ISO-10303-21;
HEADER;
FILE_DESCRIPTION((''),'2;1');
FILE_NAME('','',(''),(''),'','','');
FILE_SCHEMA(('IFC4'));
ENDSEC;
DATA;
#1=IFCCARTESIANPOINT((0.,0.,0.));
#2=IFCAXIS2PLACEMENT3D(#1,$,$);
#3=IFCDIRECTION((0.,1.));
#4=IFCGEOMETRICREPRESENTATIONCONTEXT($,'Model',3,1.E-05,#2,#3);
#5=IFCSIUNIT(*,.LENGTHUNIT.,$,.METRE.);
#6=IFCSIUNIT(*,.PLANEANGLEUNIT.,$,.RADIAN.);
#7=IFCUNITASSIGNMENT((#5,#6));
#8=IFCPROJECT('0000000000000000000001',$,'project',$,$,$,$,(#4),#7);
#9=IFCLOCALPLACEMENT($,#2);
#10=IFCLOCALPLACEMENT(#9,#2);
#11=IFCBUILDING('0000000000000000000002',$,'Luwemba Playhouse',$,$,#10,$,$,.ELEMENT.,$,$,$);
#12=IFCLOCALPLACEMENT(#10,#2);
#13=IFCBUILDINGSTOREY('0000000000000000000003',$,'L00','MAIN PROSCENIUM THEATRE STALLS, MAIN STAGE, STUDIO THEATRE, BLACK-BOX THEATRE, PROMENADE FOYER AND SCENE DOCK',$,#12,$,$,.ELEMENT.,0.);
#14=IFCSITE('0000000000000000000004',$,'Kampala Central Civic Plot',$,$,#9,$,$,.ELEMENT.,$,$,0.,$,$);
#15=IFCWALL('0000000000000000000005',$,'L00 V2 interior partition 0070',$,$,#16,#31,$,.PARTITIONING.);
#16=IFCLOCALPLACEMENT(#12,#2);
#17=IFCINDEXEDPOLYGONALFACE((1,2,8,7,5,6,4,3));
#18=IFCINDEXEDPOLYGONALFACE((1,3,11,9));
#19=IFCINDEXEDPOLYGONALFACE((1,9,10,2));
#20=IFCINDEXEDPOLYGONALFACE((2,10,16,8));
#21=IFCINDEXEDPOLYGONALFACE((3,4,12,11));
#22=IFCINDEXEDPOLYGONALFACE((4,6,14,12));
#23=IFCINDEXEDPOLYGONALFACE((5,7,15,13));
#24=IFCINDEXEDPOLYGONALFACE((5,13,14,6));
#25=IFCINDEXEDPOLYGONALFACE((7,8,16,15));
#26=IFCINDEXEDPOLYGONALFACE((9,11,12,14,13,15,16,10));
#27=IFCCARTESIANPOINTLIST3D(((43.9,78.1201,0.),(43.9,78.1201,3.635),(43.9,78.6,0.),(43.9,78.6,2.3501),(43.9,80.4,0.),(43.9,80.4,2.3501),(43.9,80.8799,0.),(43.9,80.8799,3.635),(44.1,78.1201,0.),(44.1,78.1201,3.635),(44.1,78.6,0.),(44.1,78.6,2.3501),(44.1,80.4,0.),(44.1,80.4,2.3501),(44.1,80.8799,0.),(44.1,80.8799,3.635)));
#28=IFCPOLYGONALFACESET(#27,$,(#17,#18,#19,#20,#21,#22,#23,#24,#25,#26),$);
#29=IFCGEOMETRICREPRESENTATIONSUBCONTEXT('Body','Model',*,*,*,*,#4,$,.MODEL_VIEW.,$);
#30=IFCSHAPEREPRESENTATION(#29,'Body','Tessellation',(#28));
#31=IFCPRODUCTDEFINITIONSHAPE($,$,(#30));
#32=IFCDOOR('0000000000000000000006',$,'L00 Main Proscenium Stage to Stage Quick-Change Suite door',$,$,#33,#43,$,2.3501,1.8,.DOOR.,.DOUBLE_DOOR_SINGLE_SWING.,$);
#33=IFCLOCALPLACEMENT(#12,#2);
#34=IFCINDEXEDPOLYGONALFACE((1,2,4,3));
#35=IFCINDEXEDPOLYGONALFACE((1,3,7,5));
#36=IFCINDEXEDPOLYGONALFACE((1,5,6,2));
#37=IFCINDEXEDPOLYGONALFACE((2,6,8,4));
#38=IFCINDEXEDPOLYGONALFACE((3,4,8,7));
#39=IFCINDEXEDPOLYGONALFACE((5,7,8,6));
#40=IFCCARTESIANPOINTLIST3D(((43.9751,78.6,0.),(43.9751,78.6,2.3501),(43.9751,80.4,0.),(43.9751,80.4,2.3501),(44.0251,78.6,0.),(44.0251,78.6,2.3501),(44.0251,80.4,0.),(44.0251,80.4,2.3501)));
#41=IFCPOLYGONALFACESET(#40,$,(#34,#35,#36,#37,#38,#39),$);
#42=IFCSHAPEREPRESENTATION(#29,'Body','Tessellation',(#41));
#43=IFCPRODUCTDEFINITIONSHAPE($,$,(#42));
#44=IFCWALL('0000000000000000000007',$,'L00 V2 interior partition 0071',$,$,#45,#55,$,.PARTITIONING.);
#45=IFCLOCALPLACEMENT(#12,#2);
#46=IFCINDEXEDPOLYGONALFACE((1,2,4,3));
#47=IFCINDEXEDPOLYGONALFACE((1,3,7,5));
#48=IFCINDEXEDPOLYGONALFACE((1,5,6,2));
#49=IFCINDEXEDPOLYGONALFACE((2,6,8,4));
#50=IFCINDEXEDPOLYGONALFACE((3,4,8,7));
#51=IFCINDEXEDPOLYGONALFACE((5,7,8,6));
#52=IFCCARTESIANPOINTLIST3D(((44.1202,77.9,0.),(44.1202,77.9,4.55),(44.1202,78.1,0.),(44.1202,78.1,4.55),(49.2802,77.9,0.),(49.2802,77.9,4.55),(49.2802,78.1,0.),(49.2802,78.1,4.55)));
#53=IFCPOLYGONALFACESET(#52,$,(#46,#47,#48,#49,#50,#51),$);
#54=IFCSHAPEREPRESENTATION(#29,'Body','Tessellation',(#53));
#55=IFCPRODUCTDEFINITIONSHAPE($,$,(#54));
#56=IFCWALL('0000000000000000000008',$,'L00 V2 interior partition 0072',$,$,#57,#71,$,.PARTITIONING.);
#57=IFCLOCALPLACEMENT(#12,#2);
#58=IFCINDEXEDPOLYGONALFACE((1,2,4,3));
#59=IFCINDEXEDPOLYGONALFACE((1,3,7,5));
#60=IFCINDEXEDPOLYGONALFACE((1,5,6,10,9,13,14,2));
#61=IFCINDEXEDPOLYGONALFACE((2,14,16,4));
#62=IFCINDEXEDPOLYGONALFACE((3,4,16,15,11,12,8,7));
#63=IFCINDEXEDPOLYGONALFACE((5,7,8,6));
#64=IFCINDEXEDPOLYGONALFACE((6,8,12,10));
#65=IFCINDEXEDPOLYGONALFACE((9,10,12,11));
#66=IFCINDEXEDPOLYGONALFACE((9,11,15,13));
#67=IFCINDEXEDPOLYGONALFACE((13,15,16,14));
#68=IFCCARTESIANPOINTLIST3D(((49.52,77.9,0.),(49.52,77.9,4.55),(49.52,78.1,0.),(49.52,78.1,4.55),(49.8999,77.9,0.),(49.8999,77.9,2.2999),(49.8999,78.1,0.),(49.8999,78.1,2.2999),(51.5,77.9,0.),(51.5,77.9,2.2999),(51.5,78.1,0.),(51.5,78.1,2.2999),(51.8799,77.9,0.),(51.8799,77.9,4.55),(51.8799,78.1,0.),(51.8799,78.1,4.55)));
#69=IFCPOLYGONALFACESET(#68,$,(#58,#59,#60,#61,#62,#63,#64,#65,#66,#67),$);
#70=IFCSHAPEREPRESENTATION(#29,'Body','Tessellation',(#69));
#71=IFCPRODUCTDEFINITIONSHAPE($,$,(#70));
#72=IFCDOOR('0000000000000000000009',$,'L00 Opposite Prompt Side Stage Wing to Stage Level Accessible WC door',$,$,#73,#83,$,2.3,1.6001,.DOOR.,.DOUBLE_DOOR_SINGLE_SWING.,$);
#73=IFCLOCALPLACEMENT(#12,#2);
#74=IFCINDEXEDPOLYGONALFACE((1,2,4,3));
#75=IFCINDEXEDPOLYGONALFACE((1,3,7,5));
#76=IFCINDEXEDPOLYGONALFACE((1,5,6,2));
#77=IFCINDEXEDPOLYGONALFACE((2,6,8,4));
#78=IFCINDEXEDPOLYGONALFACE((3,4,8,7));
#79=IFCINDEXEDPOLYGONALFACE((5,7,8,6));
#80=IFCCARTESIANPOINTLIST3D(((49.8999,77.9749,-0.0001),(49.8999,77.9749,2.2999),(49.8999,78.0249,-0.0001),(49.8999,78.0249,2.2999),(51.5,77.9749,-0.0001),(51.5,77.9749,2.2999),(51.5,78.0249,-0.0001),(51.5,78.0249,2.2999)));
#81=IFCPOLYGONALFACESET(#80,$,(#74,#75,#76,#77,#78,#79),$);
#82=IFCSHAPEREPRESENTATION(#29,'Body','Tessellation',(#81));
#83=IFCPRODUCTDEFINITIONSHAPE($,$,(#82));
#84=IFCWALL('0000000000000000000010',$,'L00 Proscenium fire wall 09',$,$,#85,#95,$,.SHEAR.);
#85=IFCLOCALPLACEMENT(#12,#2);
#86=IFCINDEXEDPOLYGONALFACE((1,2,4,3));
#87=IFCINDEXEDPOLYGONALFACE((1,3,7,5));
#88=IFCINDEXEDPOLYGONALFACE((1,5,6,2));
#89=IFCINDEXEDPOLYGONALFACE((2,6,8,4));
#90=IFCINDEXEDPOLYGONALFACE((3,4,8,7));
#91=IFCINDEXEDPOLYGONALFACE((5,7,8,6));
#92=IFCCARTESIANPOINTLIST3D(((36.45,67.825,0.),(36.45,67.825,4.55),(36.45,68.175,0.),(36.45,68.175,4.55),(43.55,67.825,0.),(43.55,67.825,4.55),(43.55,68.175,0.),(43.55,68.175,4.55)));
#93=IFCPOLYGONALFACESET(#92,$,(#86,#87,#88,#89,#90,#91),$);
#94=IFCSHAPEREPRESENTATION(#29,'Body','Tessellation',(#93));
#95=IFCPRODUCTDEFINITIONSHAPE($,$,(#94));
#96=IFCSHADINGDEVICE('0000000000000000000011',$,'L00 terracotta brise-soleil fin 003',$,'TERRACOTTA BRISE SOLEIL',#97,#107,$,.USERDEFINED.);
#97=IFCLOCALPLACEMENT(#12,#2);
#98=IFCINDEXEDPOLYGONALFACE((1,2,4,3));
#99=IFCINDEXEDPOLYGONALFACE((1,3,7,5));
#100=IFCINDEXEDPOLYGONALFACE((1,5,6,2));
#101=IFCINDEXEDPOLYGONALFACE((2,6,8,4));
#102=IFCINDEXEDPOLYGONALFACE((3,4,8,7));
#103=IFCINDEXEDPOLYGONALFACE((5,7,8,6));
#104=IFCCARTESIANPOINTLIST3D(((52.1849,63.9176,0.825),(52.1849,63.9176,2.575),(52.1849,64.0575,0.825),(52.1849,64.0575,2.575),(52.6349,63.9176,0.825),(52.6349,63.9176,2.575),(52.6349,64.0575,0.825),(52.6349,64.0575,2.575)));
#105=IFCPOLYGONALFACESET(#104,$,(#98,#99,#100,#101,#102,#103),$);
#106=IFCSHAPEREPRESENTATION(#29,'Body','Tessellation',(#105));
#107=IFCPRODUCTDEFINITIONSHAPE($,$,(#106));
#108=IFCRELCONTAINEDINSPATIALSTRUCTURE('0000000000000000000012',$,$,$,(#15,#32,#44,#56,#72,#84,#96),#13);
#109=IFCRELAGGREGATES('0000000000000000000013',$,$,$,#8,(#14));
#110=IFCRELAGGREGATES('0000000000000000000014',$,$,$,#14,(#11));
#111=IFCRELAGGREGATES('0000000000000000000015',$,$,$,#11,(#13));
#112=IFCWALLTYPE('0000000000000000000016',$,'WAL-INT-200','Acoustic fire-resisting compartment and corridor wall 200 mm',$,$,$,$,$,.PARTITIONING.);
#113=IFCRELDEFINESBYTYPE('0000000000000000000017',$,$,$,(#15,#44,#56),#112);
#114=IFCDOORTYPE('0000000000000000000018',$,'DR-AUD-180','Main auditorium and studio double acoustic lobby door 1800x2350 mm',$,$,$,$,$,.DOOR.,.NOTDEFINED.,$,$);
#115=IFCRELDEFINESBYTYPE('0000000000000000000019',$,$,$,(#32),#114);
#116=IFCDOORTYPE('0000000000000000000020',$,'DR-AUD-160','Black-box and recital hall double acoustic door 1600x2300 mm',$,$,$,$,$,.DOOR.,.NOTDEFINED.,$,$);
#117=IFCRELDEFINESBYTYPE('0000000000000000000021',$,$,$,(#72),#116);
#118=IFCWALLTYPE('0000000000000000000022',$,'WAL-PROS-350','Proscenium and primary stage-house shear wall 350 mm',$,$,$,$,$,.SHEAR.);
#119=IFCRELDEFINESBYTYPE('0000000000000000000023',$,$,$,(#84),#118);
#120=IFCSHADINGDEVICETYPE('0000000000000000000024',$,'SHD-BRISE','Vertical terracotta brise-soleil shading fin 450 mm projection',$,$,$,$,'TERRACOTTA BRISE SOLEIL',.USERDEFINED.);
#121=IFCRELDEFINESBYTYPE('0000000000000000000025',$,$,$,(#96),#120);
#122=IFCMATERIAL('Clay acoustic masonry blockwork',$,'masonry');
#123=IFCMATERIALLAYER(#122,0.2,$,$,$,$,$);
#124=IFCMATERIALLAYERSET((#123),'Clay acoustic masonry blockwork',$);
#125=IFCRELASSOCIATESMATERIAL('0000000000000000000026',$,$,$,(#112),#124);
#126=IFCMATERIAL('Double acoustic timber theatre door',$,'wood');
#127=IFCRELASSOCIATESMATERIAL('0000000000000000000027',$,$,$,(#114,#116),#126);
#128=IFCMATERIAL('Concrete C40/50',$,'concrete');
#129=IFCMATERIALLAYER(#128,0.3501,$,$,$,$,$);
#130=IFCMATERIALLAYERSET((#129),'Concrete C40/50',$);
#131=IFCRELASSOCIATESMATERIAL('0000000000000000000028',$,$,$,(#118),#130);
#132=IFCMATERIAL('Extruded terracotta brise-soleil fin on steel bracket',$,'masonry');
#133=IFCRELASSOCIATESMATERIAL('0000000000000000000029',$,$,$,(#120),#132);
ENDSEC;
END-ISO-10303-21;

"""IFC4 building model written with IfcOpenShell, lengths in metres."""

from ifc_helpers import new_model, si_unit, direction, frame, frame_2d, origin, origin_2d, place, context, subcontext, project, spatial, rectangle, extrude, material, layer, layer_set, type_object, element, fill, save


model = new_model("IFC4")

# Units and contexts
model_context = context("Model", 3, precision=1e-05, world=origin(), true_north=direction((0.0, 1.0)))
body_context = subcontext(model_context, "Body", "Model", "MODEL_VIEW")
ifc_project = project(units=[si_unit("LENGTHUNIT", "METRE"), si_unit("PLANEANGLEUNIT", "RADIAN")], contexts=[model_context])

# Site, building, storey
site_placement = place(None, origin())
site = spatial("IfcSite", under=ifc_project, at=site_placement, Name="Kampala Central Civic Plot", CompositionType="ELEMENT", RefElevation=0.0)
building_placement = place(site_placement, origin())
building = spatial("IfcBuilding", under=site, at=building_placement, Name="Luwemba Playhouse", CompositionType="ELEMENT")
storey_placement = place(building_placement, origin())
storey = spatial("IfcBuildingStorey", under=building, at=storey_placement, Name="L00", Description="MAIN PROSCENIUM THEATRE STALLS, MAIN STAGE, STUDIO THEATRE, BLACK-BOX THEATRE, PROMENADE FOYER AND SCENE DOCK", CompositionType="ELEMENT", Elevation=0.0)

# Shared definitions
ifc_material_1 = material(Name="Concrete C40/50", Category="concrete")

# Wall, opening, door
ifc_material_2 = material(Name="Clay acoustic masonry blockwork", Category="masonry")
ifc_layer_1 = layer(ifc_material_2, 0.2)
ifc_layer_set_1 = layer_set([ifc_layer_1], Name="Clay acoustic masonry blockwork")
wall_type_1 = type_object("IfcWallType", Name="WAL-INT-200", Description="Acoustic fire-resisting compartment and corridor wall 200 mm", PredefinedType="PARTITIONING", material=ifc_layer_set_1)
ifc_material_3 = material(Name="Double acoustic timber theatre door", Category="wood")
door_type_1 = type_object("IfcDoorType", Name="DR-AUD-180", Description="Main auditorium and studio double acoustic lobby door 1800x2350 mm", OperationType="NOTDEFINED", PredefinedType="DOOR", material=ifc_material_3)
wall_1_placement = place(storey_placement, frame((44.0, 78.1201, 0.0), z_axis=(0.0, 0.0, 1.0), x_axis=(0.0, 1.0, 0.0)))
wall_1 = element("IfcWall", 1, at=wall_1_placement, inside=storey, type_object=wall_type_1, Name="L00 V2 interior partition 0070", PredefinedType="PARTITIONING", context=body_context, shape_type="SweptSolid", body=[
    extrude(rectangle(XDim=2.7598, YDim=0.2, at=frame_2d((1.3799, 0.0))), origin(), (0.0, 0.0, 1.0), 3.635),
])
opening_1_placement = place(wall_1_placement, frame((0.48, 0.0, 0.0)))
opening_1 = element("IfcOpeningElement", 2, at=opening_1_placement, cuts=wall_1, PredefinedType="OPENING", context=body_context, shape_type="SweptSolid", body=[
    extrude(rectangle(XDim=1.8, YDim=2.3501, at=frame_2d((0.8999, 1.175))), frame((0.0, 0.1099, 0.0), z_axis=(0.0, -1.0, 0.0), x_axis=(1.0, 0.0, 0.0)), (0.0, 0.0, 1.0), 0.22),
])
door_1_placement = place(opening_1_placement, origin())
door_1 = element("IfcDoor", 3, at=door_1_placement, inside=storey, type_object=door_type_1, Name="L00 Main Proscenium Stage to Stage Quick-Change Suite door", OperationType="DOUBLE_DOOR_SINGLE_SWING", OverallHeight=2.3501, OverallWidth=1.8, PredefinedType="DOOR", context=body_context, shape_type="SweptSolid", body=[
    extrude(rectangle(XDim=1.8, YDim=2.3501, at=frame_2d((0.8999, 1.175))), frame((0.0, 0.0249, 0.0), z_axis=(0.0, -1.0, 0.0), x_axis=(1.0, 0.0, 0.0)), (0.0, 0.0, 1.0), 0.05),
])
fill(opening_1, door_1)

# Wall
wall_2_placement = place(storey_placement, frame((44.1201, 78.0, 0.0), z_axis=(0.0, 0.0, 1.0), x_axis=(1.0, 0.0, 0.0)))
element("IfcWall", 4, at=wall_2_placement, inside=storey, type_object=wall_type_1, Name="L00 V2 interior partition 0071", PredefinedType="PARTITIONING", context=body_context, shape_type="SweptSolid", body=[
    extrude(rectangle(XDim=5.1599, YDim=0.2, at=frame_2d((2.5801, 0.0))), origin(), (0.0, 0.0, 1.0), 4.55),
])

# Wall, opening, door
wall_3_placement = place(storey_placement, frame((49.52, 78.0, 0.0), z_axis=(0.0, 0.0, 1.0), x_axis=(1.0, 0.0, 0.0)))
wall_3 = element("IfcWall", 5, at=wall_3_placement, inside=storey, type_object=wall_type_1, Name="L00 V2 interior partition 0072", PredefinedType="PARTITIONING", context=body_context, shape_type="SweptSolid", body=[
    extrude(rectangle(XDim=2.3599, YDim=0.2, at=frame_2d((1.1799, 0.0))), origin(), (0.0, 0.0, 1.0), 4.55),
])
opening_2_placement = place(wall_3_placement, frame((0.3799, 0.0, 0.0)))
opening_2 = element("IfcOpeningElement", 6, at=opening_2_placement, cuts=wall_3, PredefinedType="OPENING", context=body_context, shape_type="SweptSolid", body=[
    extrude(rectangle(XDim=1.6001, YDim=2.3, at=frame_2d((0.8, 1.1499))), frame((0.0, 0.1099, 0.0), z_axis=(0.0, -1.0, 0.0), x_axis=(1.0, 0.0, 0.0)), (0.0, 0.0, 1.0), 0.22),
])
door_type_2 = type_object("IfcDoorType", Name="DR-AUD-160", Description="Black-box and recital hall double acoustic door 1600x2300 mm", OperationType="NOTDEFINED", PredefinedType="DOOR", material=ifc_material_3)
door_2_placement = place(opening_2_placement, origin())
door_2 = element("IfcDoor", 7, at=door_2_placement, inside=storey, type_object=door_type_2, Name="L00 Opposite Prompt Side Stage Wing to Stage Level Accessible WC door", OperationType="DOUBLE_DOOR_SINGLE_SWING", OverallHeight=2.3, OverallWidth=1.6001, PredefinedType="DOOR", context=body_context, shape_type="SweptSolid", body=[
    extrude(rectangle(XDim=1.6001, YDim=2.3, at=frame_2d((0.8, 1.1499))), frame((0.0, 0.0249, 0.0), z_axis=(0.0, -1.0, 0.0), x_axis=(1.0, 0.0, 0.0)), (0.0, 0.0, 1.0), 0.05),
])
fill(opening_2, door_2)

# Wall
ifc_layer_2 = layer(ifc_material_1, 0.3501)
ifc_layer_set_2 = layer_set([ifc_layer_2], Name="Concrete C40/50")
wall_type_2 = type_object("IfcWallType", Name="WAL-PROS-350", Description="Proscenium and primary stage-house shear wall 350 mm", PredefinedType="SHEAR", material=ifc_layer_set_2)
wall_4_placement = place(storey_placement, frame((36.45, 68.0, 0.0), z_axis=(0.0, 0.0, 1.0), x_axis=(1.0, 0.0, 0.0)))
element("IfcWall", 8, at=wall_4_placement, inside=storey, type_object=wall_type_2, Name="L00 Proscenium fire wall 09", PredefinedType="SHEAR", context=body_context, shape_type="SweptSolid", body=[
    extrude(rectangle(XDim=7.1001, YDim=0.3501, at=frame_2d((3.55, 0.0))), origin(), (0.0, 0.0, 1.0), 4.55),
])

# Shading device
ifc_material_4 = material(Name="Extruded terracotta brise-soleil fin on steel bracket", Category="masonry")
shading_device_type = type_object("IfcShadingDeviceType", Name="SHD-BRISE", Description="Vertical terracotta brise-soleil shading fin 450 mm projection", ElementType="TERRACOTTA BRISE SOLEIL", PredefinedType="USERDEFINED", material=ifc_material_4)
shading_device_placement = place(storey_placement, frame((52.4099, 63.9875, 0.825), z_axis=(0.0, 0.0, 1.0), x_axis=(0.0, -1.0, 0.0)))
element("IfcShadingDevice", 9, at=shading_device_placement, inside=storey, type_object=shading_device_type, Name="L00 terracotta brise-soleil fin 003", ObjectType="TERRACOTTA BRISE SOLEIL", PredefinedType="USERDEFINED", context=body_context, shape_type="SweptSolid", body=[
    extrude(rectangle(XDim=0.1399, YDim=0.45, at=origin_2d()), origin(), (0.0, 0.0, 1.0), 1.75),
])

save(model, "model.ifc")
